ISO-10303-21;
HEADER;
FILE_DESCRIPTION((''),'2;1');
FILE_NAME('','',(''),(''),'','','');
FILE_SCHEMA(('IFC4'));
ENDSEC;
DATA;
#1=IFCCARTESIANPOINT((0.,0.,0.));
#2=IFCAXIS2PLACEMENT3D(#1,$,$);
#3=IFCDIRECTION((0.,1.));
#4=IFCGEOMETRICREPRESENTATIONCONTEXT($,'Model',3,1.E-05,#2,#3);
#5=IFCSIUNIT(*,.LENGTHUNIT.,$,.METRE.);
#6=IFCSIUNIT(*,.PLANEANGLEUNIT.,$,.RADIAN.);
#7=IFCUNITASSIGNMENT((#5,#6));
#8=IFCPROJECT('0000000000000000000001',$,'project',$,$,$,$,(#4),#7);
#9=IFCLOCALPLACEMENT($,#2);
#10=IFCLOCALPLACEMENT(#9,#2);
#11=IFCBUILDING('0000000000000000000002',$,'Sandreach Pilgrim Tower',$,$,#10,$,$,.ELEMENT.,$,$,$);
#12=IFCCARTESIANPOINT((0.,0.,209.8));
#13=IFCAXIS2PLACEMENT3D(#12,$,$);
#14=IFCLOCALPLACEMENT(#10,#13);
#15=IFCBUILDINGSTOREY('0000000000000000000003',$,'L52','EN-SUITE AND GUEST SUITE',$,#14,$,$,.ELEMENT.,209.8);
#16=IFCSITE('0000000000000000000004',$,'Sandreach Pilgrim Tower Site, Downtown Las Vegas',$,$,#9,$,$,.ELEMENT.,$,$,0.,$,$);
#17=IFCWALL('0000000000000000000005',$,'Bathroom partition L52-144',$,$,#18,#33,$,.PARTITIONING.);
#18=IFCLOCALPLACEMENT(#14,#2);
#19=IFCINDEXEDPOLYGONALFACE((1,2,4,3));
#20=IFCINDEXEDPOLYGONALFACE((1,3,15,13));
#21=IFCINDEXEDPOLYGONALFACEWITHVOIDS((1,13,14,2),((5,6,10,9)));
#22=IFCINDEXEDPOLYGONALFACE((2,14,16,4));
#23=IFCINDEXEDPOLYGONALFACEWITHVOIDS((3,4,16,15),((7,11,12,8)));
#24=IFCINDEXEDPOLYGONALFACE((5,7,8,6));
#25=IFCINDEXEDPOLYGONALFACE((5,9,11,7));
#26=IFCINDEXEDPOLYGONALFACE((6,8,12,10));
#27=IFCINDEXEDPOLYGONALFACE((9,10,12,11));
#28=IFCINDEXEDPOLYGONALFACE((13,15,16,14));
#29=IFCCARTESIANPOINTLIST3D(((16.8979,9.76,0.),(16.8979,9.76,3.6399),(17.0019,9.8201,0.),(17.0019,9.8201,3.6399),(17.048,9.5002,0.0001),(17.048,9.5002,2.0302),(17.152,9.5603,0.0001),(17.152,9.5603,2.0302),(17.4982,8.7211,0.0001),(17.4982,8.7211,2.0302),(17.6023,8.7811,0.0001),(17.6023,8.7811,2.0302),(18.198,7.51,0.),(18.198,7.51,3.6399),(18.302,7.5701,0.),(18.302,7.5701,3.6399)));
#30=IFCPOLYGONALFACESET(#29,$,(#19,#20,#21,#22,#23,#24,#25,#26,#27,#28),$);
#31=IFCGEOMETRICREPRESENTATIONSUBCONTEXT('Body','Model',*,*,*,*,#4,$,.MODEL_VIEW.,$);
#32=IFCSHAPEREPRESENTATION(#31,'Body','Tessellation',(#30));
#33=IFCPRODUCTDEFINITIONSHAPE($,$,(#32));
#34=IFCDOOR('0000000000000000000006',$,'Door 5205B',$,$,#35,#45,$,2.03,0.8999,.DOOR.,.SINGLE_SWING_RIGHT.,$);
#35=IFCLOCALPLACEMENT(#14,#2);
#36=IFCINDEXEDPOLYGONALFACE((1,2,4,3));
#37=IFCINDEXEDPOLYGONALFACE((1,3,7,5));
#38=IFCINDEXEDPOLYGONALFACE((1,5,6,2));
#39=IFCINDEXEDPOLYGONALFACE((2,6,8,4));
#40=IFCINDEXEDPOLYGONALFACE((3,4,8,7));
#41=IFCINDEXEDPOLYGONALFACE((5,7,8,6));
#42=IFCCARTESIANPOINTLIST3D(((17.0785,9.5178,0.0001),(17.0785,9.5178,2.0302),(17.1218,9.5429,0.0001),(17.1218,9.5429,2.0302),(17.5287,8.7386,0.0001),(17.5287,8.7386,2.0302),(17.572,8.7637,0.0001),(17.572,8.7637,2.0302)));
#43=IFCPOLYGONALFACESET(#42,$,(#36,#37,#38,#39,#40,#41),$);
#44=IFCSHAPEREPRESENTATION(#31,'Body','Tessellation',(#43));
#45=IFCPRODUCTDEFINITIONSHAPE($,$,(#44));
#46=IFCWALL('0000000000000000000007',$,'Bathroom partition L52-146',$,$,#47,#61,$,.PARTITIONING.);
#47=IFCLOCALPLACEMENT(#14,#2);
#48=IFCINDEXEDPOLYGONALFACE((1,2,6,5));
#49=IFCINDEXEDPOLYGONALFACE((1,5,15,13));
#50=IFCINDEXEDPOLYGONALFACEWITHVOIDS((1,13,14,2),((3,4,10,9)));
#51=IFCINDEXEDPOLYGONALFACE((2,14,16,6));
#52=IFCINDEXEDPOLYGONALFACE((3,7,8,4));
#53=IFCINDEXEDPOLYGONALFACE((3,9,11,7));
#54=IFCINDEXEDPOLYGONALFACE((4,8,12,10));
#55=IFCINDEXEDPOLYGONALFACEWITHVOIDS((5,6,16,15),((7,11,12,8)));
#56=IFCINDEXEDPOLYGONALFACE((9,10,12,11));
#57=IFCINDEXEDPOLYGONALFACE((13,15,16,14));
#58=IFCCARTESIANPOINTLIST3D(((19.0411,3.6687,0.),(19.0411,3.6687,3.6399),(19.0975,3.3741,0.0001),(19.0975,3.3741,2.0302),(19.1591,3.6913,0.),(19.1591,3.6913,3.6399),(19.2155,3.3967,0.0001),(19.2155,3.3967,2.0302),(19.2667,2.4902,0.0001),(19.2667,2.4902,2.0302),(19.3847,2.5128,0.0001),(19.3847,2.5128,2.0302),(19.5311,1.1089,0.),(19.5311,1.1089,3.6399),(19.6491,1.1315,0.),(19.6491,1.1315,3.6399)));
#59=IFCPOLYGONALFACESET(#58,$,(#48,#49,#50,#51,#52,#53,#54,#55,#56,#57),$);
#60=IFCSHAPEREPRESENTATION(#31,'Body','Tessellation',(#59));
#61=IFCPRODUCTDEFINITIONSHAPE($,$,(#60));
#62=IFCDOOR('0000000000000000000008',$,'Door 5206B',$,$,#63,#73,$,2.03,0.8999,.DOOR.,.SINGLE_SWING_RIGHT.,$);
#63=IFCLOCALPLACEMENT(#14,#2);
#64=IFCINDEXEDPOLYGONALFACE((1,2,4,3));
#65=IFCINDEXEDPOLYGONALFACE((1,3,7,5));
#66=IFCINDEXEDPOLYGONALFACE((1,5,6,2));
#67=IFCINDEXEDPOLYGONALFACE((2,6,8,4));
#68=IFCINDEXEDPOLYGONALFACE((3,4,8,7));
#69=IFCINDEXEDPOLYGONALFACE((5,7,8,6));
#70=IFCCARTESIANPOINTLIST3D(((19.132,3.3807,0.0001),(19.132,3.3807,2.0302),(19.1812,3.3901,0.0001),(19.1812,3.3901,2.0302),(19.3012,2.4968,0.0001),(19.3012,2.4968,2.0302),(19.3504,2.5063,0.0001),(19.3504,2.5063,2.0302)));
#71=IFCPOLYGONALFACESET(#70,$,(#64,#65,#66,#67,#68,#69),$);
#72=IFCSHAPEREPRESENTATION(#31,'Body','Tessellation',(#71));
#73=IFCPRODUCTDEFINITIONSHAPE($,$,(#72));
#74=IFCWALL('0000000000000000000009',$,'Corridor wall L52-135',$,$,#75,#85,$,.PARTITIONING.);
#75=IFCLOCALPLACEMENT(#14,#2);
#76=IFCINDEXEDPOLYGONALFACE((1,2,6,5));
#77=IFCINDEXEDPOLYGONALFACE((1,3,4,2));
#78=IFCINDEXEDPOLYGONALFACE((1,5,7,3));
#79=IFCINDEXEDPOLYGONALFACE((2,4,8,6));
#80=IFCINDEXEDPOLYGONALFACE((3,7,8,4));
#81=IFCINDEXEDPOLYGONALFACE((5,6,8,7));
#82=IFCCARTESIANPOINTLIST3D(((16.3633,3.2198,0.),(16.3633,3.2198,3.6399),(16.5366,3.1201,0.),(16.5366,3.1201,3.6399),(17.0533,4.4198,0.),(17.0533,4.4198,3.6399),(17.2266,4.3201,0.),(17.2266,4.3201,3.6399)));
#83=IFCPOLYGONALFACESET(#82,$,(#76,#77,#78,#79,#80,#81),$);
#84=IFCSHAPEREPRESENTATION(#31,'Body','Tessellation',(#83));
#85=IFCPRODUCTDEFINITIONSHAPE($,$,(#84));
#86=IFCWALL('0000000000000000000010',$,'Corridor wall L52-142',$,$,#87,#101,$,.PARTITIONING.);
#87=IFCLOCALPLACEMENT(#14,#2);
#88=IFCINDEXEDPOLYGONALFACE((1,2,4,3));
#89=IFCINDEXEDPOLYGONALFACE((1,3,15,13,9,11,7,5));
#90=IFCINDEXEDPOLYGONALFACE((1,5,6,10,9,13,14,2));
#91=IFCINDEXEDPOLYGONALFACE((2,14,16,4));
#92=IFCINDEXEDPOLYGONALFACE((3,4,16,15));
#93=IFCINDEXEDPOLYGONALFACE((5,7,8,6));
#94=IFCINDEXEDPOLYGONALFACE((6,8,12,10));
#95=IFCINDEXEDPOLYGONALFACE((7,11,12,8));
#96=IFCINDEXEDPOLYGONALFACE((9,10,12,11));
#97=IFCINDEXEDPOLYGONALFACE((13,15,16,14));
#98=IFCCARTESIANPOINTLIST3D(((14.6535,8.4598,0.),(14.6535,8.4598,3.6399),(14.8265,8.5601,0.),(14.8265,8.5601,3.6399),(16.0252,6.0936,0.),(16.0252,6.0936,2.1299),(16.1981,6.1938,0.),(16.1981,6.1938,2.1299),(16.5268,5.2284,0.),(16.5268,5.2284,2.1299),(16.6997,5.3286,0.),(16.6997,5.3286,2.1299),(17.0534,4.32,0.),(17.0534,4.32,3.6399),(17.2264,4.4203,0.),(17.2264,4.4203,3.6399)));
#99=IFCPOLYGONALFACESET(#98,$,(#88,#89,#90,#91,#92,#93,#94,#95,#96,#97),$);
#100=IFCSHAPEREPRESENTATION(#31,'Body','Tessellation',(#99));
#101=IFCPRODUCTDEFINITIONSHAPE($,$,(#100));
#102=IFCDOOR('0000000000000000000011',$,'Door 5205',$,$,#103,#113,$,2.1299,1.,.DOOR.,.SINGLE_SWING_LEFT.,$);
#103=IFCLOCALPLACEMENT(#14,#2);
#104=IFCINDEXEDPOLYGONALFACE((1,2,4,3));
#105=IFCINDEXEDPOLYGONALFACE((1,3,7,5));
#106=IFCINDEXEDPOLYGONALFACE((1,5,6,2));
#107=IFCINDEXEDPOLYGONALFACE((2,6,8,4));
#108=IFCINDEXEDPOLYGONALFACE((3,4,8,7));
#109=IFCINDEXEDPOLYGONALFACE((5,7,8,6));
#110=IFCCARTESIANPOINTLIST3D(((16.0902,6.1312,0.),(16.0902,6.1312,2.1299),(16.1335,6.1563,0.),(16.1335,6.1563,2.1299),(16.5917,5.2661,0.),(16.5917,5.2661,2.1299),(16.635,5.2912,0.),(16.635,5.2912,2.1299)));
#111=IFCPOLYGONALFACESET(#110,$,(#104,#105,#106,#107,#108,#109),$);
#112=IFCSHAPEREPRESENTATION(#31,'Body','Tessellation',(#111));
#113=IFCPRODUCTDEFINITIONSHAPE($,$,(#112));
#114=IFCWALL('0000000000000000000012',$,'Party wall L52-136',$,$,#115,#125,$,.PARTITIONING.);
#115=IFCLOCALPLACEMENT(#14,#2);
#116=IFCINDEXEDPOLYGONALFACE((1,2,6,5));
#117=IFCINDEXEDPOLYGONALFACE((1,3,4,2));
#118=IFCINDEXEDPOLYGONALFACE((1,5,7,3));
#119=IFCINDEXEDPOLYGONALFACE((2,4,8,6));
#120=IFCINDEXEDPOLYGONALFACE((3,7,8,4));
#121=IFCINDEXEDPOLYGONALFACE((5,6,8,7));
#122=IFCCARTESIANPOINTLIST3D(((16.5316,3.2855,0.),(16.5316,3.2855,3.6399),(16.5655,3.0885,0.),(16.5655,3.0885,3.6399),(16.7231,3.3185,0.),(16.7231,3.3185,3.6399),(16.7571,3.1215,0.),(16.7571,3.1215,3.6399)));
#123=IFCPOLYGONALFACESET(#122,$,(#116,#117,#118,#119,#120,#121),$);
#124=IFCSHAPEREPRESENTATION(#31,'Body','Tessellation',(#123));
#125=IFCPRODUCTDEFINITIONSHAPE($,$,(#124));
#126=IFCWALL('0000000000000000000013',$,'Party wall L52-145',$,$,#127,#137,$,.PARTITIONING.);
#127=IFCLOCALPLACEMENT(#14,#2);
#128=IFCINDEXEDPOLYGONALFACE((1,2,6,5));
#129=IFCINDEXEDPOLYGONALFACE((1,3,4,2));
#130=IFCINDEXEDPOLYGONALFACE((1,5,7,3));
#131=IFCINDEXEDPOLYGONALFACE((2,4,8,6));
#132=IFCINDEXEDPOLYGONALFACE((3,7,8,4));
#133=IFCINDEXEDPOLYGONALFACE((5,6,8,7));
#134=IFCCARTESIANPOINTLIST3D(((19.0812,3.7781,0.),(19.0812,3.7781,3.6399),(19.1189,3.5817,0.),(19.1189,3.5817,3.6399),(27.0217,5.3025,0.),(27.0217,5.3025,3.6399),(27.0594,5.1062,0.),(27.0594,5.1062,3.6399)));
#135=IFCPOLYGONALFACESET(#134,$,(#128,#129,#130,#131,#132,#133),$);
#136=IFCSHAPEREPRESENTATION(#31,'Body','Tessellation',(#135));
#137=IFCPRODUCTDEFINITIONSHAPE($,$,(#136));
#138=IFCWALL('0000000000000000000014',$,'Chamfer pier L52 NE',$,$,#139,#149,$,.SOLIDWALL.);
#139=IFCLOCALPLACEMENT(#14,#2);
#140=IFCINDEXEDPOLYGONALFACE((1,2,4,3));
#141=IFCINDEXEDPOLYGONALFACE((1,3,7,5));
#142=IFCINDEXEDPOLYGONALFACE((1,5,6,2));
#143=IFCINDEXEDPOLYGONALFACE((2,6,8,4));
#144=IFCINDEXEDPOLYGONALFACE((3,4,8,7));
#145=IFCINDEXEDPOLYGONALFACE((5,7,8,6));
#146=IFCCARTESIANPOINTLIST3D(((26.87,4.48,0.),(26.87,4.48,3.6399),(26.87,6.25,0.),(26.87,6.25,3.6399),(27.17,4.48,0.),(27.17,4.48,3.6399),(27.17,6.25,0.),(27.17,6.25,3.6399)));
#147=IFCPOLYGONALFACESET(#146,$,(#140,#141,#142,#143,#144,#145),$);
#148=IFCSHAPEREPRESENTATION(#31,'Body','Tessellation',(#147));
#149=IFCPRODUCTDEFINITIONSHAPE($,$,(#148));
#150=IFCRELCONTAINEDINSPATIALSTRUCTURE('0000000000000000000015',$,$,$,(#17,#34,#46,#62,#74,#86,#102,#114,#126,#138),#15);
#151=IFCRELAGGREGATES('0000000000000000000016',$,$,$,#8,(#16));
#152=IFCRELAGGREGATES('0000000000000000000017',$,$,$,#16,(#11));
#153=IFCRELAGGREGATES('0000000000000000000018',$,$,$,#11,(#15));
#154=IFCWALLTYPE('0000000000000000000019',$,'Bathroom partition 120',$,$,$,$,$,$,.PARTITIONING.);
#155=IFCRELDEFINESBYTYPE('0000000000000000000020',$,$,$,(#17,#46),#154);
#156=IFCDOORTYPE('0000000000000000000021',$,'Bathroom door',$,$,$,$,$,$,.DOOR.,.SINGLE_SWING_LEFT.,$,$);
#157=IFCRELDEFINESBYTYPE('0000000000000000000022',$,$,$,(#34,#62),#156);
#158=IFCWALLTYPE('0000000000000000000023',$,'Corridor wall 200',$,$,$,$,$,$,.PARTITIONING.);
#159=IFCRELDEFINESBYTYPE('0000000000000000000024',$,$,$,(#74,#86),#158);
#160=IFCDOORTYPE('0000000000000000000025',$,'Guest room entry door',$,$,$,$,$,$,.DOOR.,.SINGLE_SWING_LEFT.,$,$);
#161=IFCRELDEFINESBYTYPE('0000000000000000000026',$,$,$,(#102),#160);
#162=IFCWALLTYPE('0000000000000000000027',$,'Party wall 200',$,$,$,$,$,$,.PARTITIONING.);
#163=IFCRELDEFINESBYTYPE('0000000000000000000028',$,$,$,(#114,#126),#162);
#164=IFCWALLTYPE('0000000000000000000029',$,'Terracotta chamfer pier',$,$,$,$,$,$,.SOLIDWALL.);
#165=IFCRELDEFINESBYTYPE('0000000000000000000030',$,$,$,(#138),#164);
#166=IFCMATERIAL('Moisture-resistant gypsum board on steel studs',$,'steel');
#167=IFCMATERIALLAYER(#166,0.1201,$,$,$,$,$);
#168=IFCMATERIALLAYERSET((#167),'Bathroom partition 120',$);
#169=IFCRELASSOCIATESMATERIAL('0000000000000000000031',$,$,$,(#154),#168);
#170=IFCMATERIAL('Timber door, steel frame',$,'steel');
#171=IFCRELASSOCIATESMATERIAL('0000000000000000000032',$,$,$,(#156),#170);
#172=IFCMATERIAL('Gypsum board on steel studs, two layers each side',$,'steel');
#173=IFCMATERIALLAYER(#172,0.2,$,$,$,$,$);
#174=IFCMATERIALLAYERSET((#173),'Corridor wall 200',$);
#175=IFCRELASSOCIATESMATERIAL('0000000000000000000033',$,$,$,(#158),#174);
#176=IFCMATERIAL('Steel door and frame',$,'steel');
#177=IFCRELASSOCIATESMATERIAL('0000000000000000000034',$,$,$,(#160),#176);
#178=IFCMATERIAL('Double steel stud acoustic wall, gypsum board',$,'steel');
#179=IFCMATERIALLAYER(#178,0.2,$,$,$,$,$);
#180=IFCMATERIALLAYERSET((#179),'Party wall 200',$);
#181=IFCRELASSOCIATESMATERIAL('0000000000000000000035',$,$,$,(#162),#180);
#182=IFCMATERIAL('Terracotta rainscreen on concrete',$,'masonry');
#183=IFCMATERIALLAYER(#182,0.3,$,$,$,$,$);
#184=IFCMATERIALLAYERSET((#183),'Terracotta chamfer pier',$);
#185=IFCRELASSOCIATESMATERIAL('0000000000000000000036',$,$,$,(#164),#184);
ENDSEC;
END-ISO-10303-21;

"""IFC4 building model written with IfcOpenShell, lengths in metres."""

from ifc_helpers import new_model, si_unit, direction, frame, frame_2d, origin, place, context, subcontext, project, spatial, rectangle, extrude, material, layer, layer_set, type_object, element, fill, save


model = new_model("IFC4")

# Units and contexts
model_context = context("Model", 3, precision=1e-05, world=origin(), true_north=direction((0.0, 1.0)))
body_context = subcontext(model_context, "Body", "Model", "MODEL_VIEW")
ifc_project = project(units=[si_unit("LENGTHUNIT", "METRE"), si_unit("PLANEANGLEUNIT", "RADIAN")], contexts=[model_context])

# Site, building, storey
site_placement = place(None, origin())
site = spatial("IfcSite", under=ifc_project, at=site_placement, Name="Sandreach Pilgrim Tower Site, Downtown Las Vegas", CompositionType="ELEMENT", RefElevation=0.0)
building_placement = place(site_placement, origin())
building = spatial("IfcBuilding", under=site, at=building_placement, Name="Sandreach Pilgrim Tower", CompositionType="ELEMENT")
storey_placement = place(building_placement, frame((0.0, 0.0, 209.8)))
storey = spatial("IfcBuildingStorey", under=building, at=storey_placement, Name="L52", Description="EN-SUITE AND GUEST SUITE", CompositionType="ELEMENT", Elevation=209.8)

# Shared definitions
ifc_material_1 = material(Name="Moisture-resistant gypsum board on steel studs", Category="steel")
ifc_layer_1 = layer(ifc_material_1, 0.1201)
ifc_layer_set_1 = layer_set([ifc_layer_1], Name="Bathroom partition 120")
wall_type_1 = type_object("IfcWallType", Name="Bathroom partition 120", PredefinedType="PARTITIONING", material=ifc_layer_set_1)

# Walls, openings, doors
wall_1_placement = place(storey_placement, frame((18.25, 7.54, 0.0), z_axis=(0.0, 0.0, 1.0), x_axis=(-0.500292, 0.865857, 0.0)))
wall_1 = element("IfcWall", 1, at=wall_1_placement, inside=storey, type_object=wall_type_1, Name="Bathroom partition L52-144", PredefinedType="PARTITIONING", context=body_context, shape_type="SweptSolid", body=[
    extrude(rectangle(XDim=2.5986, YDim=0.1201, at=frame_2d((1.2993, 0.0))), origin(), (0.0, 0.0, 1.0), 3.6399),
])
opening_1_placement = place(wall_1_placement, frame((1.3987, 0.0, 0.0)))
opening_1 = element("IfcOpeningElement", 2, at=opening_1_placement, cuts=wall_1, PredefinedType="OPENING", context=body_context, shape_type="SweptSolid", body=[
    extrude(rectangle(XDim=0.8999, YDim=2.03, at=frame_2d((0.45, 1.0151))), frame((0.0, 0.0601, 0.0), z_axis=(0.0, -1.0, 0.0), x_axis=(1.0, 0.0, 0.0)), (0.0, 0.0, 1.0), 0.1201),
])
ifc_material_2 = material(Name="Timber door, steel frame", Category="steel")
door_type_1 = type_object("IfcDoorType", Name="Bathroom door", OperationType="SINGLE_SWING_LEFT", PredefinedType="DOOR", material=ifc_material_2)
door_1_placement = place(opening_1_placement, origin())
door_1 = element("IfcDoor", 3, at=door_1_placement, inside=storey, type_object=door_type_1, Name="Door 5205B", OperationType="SINGLE_SWING_RIGHT", OverallHeight=2.03, OverallWidth=0.8999, PredefinedType="DOOR", context=body_context, shape_type="SweptSolid", body=[
    extrude(rectangle(XDim=0.8999, YDim=2.03, at=frame_2d((0.45, 1.0151))), frame((0.0, 0.0249, 0.0), z_axis=(0.0, -1.0, 0.0), x_axis=(1.0, 0.0, 0.0)), (0.0, 0.0, 1.0), 0.05),
])
fill(opening_1, door_1)
wall_2_placement = place(storey_placement, frame((19.5901, 1.1201, 0.0), z_axis=(0.0, 0.0, 1.0), x_axis=(-0.188003, 0.982168, 0.0)))
wall_2 = element("IfcWall", 4, at=wall_2_placement, inside=storey, type_object=wall_type_1, Name="Bathroom partition L52-146", PredefinedType="PARTITIONING", context=body_context, shape_type="SweptSolid", body=[
    extrude(rectangle(XDim=2.6062, YDim=0.1201, at=frame_2d((1.3032, 0.0))), origin(), (0.0, 0.0, 1.0), 3.6399),
])
opening_2_placement = place(wall_2_placement, frame((1.4065, 0.0, 0.0)))
opening_2 = element("IfcOpeningElement", 5, at=opening_2_placement, cuts=wall_2, PredefinedType="OPENING", context=body_context, shape_type="SweptSolid", body=[
    extrude(rectangle(XDim=0.8999, YDim=2.03, at=frame_2d((0.45, 1.0151))), frame((0.0, 0.0601, 0.0), z_axis=(0.0, -1.0, 0.0), x_axis=(1.0, 0.0, 0.0)), (0.0, 0.0, 1.0), 0.1201),
])
door_2_placement = place(opening_2_placement, origin())
door_2 = element("IfcDoor", 6, at=door_2_placement, inside=storey, type_object=door_type_1, Name="Door 5206B", OperationType="SINGLE_SWING_RIGHT", OverallHeight=2.03, OverallWidth=0.8999, PredefinedType="DOOR", context=body_context, shape_type="SweptSolid", body=[
    extrude(rectangle(XDim=0.8999, YDim=2.03, at=frame_2d((0.45, 1.0151))), frame((0.0, 0.0249, 0.0), z_axis=(0.0, -1.0, 0.0), x_axis=(1.0, 0.0, 0.0)), (0.0, 0.0, 1.0), 0.05),
])
fill(opening_2, door_2)
ifc_material_3 = material(Name="Gypsum board on steel studs, two layers each side", Category="steel")
ifc_layer_2 = layer(ifc_material_3, 0.2)
ifc_layer_set_2 = layer_set([ifc_layer_2], Name="Corridor wall 200")
wall_type_2 = type_object("IfcWallType", Name="Corridor wall 200", PredefinedType="PARTITIONING", material=ifc_layer_set_2)
ifc_material_4 = material(Name="Steel door and frame", Category="steel")
door_type_2 = type_object("IfcDoorType", Name="Guest room entry door", OperationType="SINGLE_SWING_LEFT", PredefinedType="DOOR", material=ifc_material_4)

# Wall
wall_3_placement = place(storey_placement, frame((16.45, 3.1699, 0.0), z_axis=(0.0, 0.0, 1.0), x_axis=(0.498455, 0.866916, 0.0)))
element("IfcWall", 7, at=wall_3_placement, inside=storey, type_object=wall_type_2, Name="Corridor wall L52-135", PredefinedType="PARTITIONING", context=body_context, shape_type="SweptSolid", body=[
    extrude(rectangle(XDim=1.3843, YDim=0.2, at=frame_2d((0.6921, 0.0))), origin(), (0.0, 0.0, 1.0), 3.6399),
])

# Wall, opening, door
wall_4_placement = place(storey_placement, frame((17.1399, 4.3701, 0.0), z_axis=(0.0, 0.0, 1.0), x_axis=(-0.501525, 0.865143, 0.0)))
wall_4 = element("IfcWall", 8, at=wall_4_placement, inside=storey, type_object=wall_type_2, Name="Corridor wall L52-142", PredefinedType="PARTITIONING", context=body_context, shape_type="SweptSolid", body=[
    extrude(rectangle(XDim=4.7852, YDim=0.2, at=frame_2d((2.3926, 0.0))), origin(), (0.0, 0.0, 1.0), 3.6399),
])
opening_3_placement = place(wall_4_placement, frame((1.05, 0.0, 0.0)))
opening_3 = element("IfcOpeningElement", 9, at=opening_3_placement, cuts=wall_4, PredefinedType="OPENING", context=body_context, shape_type="SweptSolid", body=[
    extrude(rectangle(XDim=1.0, YDim=2.1299, at=frame_2d((0.5, 1.0649))), frame((0.0, 0.1001, 0.0), z_axis=(0.0, -1.0, 0.0), x_axis=(1.0, 0.0, 0.0)), (0.0, 0.0, 1.0), 0.2),
])
door_3_placement = place(opening_3_placement, origin())
door_3 = element("IfcDoor", 10, at=door_3_placement, inside=storey, type_object=door_type_2, Name="Door 5205", OperationType="SINGLE_SWING_LEFT", OverallHeight=2.1299, OverallWidth=1.0, PredefinedType="DOOR", context=body_context, shape_type="SweptSolid", body=[
    extrude(rectangle(XDim=1.0, YDim=2.1299, at=frame_2d((0.5, 1.0649))), frame((0.0, 0.0249, 0.0), z_axis=(0.0, -1.0, 0.0), x_axis=(1.0, 0.0, 0.0)), (0.0, 0.0, 1.0), 0.05),
])
fill(opening_3, door_3)

# Walls
ifc_material_5 = material(Name="Double steel stud acoustic wall, gypsum board", Category="steel")
ifc_layer_3 = layer(ifc_material_5, 0.2)
ifc_layer_set_3 = layer_set([ifc_layer_3], Name="Party wall 200")
wall_type_3 = type_object("IfcWallType", Name="Party wall 200", PredefinedType="PARTITIONING", material=ifc_layer_set_3)
wall_5_placement = place(storey_placement, frame((16.5486, 3.187, 0.0), z_axis=(0.0, 0.0, 1.0), x_axis=(0.985496, 0.169696, 0.0)))
element("IfcWall", 11, at=wall_5_placement, inside=storey, type_object=wall_type_3, Name="Party wall L52-136", PredefinedType="PARTITIONING", context=body_context, shape_type="SweptSolid", body=[
    extrude(rectangle(XDim=0.1943, YDim=0.2, at=frame_2d((0.0972, 0.0))), origin(), (0.0, 0.0, 1.0), 3.6399),
])
wall_6_placement = place(storey_placement, frame((19.1001, 3.6799, 0.0), z_axis=(0.0, 0.0, 1.0), x_axis=(0.982066, 0.188538, 0.0)))
element("IfcWall", 12, at=wall_6_placement, inside=storey, type_object=wall_type_3, Name="Party wall L52-145", PredefinedType="PARTITIONING", context=body_context, shape_type="SweptSolid", body=[
    extrude(rectangle(XDim=8.0854, YDim=0.2, at=frame_2d((4.0427, 0.0))), origin(), (0.0, 0.0, 1.0), 3.6399),
])
ifc_material_6 = material(Name="Terracotta rainscreen on concrete", Category="masonry")
ifc_layer_4 = layer(ifc_material_6, 0.3)
ifc_layer_set_4 = layer_set([ifc_layer_4], Name="Terracotta chamfer pier")
wall_type_4 = type_object("IfcWallType", Name="Terracotta chamfer pier", PredefinedType="SOLIDWALL", material=ifc_layer_set_4)
wall_7_placement = place(storey_placement, frame((27.02, 6.25, 0.0), z_axis=(0.0, 0.0, 1.0), x_axis=(0.0, -1.0, 0.0)))
element("IfcWall", 13, at=wall_7_placement, inside=storey, type_object=wall_type_4, Name="Chamfer pier L52 NE", PredefinedType="SOLIDWALL", context=body_context, shape_type="SweptSolid", body=[
    extrude(rectangle(XDim=1.77, YDim=0.3, at=frame_2d((0.885, 0.0))), origin(), (0.0, 0.0, 1.0), 3.6399),
])

save(model, "model.ifc")
